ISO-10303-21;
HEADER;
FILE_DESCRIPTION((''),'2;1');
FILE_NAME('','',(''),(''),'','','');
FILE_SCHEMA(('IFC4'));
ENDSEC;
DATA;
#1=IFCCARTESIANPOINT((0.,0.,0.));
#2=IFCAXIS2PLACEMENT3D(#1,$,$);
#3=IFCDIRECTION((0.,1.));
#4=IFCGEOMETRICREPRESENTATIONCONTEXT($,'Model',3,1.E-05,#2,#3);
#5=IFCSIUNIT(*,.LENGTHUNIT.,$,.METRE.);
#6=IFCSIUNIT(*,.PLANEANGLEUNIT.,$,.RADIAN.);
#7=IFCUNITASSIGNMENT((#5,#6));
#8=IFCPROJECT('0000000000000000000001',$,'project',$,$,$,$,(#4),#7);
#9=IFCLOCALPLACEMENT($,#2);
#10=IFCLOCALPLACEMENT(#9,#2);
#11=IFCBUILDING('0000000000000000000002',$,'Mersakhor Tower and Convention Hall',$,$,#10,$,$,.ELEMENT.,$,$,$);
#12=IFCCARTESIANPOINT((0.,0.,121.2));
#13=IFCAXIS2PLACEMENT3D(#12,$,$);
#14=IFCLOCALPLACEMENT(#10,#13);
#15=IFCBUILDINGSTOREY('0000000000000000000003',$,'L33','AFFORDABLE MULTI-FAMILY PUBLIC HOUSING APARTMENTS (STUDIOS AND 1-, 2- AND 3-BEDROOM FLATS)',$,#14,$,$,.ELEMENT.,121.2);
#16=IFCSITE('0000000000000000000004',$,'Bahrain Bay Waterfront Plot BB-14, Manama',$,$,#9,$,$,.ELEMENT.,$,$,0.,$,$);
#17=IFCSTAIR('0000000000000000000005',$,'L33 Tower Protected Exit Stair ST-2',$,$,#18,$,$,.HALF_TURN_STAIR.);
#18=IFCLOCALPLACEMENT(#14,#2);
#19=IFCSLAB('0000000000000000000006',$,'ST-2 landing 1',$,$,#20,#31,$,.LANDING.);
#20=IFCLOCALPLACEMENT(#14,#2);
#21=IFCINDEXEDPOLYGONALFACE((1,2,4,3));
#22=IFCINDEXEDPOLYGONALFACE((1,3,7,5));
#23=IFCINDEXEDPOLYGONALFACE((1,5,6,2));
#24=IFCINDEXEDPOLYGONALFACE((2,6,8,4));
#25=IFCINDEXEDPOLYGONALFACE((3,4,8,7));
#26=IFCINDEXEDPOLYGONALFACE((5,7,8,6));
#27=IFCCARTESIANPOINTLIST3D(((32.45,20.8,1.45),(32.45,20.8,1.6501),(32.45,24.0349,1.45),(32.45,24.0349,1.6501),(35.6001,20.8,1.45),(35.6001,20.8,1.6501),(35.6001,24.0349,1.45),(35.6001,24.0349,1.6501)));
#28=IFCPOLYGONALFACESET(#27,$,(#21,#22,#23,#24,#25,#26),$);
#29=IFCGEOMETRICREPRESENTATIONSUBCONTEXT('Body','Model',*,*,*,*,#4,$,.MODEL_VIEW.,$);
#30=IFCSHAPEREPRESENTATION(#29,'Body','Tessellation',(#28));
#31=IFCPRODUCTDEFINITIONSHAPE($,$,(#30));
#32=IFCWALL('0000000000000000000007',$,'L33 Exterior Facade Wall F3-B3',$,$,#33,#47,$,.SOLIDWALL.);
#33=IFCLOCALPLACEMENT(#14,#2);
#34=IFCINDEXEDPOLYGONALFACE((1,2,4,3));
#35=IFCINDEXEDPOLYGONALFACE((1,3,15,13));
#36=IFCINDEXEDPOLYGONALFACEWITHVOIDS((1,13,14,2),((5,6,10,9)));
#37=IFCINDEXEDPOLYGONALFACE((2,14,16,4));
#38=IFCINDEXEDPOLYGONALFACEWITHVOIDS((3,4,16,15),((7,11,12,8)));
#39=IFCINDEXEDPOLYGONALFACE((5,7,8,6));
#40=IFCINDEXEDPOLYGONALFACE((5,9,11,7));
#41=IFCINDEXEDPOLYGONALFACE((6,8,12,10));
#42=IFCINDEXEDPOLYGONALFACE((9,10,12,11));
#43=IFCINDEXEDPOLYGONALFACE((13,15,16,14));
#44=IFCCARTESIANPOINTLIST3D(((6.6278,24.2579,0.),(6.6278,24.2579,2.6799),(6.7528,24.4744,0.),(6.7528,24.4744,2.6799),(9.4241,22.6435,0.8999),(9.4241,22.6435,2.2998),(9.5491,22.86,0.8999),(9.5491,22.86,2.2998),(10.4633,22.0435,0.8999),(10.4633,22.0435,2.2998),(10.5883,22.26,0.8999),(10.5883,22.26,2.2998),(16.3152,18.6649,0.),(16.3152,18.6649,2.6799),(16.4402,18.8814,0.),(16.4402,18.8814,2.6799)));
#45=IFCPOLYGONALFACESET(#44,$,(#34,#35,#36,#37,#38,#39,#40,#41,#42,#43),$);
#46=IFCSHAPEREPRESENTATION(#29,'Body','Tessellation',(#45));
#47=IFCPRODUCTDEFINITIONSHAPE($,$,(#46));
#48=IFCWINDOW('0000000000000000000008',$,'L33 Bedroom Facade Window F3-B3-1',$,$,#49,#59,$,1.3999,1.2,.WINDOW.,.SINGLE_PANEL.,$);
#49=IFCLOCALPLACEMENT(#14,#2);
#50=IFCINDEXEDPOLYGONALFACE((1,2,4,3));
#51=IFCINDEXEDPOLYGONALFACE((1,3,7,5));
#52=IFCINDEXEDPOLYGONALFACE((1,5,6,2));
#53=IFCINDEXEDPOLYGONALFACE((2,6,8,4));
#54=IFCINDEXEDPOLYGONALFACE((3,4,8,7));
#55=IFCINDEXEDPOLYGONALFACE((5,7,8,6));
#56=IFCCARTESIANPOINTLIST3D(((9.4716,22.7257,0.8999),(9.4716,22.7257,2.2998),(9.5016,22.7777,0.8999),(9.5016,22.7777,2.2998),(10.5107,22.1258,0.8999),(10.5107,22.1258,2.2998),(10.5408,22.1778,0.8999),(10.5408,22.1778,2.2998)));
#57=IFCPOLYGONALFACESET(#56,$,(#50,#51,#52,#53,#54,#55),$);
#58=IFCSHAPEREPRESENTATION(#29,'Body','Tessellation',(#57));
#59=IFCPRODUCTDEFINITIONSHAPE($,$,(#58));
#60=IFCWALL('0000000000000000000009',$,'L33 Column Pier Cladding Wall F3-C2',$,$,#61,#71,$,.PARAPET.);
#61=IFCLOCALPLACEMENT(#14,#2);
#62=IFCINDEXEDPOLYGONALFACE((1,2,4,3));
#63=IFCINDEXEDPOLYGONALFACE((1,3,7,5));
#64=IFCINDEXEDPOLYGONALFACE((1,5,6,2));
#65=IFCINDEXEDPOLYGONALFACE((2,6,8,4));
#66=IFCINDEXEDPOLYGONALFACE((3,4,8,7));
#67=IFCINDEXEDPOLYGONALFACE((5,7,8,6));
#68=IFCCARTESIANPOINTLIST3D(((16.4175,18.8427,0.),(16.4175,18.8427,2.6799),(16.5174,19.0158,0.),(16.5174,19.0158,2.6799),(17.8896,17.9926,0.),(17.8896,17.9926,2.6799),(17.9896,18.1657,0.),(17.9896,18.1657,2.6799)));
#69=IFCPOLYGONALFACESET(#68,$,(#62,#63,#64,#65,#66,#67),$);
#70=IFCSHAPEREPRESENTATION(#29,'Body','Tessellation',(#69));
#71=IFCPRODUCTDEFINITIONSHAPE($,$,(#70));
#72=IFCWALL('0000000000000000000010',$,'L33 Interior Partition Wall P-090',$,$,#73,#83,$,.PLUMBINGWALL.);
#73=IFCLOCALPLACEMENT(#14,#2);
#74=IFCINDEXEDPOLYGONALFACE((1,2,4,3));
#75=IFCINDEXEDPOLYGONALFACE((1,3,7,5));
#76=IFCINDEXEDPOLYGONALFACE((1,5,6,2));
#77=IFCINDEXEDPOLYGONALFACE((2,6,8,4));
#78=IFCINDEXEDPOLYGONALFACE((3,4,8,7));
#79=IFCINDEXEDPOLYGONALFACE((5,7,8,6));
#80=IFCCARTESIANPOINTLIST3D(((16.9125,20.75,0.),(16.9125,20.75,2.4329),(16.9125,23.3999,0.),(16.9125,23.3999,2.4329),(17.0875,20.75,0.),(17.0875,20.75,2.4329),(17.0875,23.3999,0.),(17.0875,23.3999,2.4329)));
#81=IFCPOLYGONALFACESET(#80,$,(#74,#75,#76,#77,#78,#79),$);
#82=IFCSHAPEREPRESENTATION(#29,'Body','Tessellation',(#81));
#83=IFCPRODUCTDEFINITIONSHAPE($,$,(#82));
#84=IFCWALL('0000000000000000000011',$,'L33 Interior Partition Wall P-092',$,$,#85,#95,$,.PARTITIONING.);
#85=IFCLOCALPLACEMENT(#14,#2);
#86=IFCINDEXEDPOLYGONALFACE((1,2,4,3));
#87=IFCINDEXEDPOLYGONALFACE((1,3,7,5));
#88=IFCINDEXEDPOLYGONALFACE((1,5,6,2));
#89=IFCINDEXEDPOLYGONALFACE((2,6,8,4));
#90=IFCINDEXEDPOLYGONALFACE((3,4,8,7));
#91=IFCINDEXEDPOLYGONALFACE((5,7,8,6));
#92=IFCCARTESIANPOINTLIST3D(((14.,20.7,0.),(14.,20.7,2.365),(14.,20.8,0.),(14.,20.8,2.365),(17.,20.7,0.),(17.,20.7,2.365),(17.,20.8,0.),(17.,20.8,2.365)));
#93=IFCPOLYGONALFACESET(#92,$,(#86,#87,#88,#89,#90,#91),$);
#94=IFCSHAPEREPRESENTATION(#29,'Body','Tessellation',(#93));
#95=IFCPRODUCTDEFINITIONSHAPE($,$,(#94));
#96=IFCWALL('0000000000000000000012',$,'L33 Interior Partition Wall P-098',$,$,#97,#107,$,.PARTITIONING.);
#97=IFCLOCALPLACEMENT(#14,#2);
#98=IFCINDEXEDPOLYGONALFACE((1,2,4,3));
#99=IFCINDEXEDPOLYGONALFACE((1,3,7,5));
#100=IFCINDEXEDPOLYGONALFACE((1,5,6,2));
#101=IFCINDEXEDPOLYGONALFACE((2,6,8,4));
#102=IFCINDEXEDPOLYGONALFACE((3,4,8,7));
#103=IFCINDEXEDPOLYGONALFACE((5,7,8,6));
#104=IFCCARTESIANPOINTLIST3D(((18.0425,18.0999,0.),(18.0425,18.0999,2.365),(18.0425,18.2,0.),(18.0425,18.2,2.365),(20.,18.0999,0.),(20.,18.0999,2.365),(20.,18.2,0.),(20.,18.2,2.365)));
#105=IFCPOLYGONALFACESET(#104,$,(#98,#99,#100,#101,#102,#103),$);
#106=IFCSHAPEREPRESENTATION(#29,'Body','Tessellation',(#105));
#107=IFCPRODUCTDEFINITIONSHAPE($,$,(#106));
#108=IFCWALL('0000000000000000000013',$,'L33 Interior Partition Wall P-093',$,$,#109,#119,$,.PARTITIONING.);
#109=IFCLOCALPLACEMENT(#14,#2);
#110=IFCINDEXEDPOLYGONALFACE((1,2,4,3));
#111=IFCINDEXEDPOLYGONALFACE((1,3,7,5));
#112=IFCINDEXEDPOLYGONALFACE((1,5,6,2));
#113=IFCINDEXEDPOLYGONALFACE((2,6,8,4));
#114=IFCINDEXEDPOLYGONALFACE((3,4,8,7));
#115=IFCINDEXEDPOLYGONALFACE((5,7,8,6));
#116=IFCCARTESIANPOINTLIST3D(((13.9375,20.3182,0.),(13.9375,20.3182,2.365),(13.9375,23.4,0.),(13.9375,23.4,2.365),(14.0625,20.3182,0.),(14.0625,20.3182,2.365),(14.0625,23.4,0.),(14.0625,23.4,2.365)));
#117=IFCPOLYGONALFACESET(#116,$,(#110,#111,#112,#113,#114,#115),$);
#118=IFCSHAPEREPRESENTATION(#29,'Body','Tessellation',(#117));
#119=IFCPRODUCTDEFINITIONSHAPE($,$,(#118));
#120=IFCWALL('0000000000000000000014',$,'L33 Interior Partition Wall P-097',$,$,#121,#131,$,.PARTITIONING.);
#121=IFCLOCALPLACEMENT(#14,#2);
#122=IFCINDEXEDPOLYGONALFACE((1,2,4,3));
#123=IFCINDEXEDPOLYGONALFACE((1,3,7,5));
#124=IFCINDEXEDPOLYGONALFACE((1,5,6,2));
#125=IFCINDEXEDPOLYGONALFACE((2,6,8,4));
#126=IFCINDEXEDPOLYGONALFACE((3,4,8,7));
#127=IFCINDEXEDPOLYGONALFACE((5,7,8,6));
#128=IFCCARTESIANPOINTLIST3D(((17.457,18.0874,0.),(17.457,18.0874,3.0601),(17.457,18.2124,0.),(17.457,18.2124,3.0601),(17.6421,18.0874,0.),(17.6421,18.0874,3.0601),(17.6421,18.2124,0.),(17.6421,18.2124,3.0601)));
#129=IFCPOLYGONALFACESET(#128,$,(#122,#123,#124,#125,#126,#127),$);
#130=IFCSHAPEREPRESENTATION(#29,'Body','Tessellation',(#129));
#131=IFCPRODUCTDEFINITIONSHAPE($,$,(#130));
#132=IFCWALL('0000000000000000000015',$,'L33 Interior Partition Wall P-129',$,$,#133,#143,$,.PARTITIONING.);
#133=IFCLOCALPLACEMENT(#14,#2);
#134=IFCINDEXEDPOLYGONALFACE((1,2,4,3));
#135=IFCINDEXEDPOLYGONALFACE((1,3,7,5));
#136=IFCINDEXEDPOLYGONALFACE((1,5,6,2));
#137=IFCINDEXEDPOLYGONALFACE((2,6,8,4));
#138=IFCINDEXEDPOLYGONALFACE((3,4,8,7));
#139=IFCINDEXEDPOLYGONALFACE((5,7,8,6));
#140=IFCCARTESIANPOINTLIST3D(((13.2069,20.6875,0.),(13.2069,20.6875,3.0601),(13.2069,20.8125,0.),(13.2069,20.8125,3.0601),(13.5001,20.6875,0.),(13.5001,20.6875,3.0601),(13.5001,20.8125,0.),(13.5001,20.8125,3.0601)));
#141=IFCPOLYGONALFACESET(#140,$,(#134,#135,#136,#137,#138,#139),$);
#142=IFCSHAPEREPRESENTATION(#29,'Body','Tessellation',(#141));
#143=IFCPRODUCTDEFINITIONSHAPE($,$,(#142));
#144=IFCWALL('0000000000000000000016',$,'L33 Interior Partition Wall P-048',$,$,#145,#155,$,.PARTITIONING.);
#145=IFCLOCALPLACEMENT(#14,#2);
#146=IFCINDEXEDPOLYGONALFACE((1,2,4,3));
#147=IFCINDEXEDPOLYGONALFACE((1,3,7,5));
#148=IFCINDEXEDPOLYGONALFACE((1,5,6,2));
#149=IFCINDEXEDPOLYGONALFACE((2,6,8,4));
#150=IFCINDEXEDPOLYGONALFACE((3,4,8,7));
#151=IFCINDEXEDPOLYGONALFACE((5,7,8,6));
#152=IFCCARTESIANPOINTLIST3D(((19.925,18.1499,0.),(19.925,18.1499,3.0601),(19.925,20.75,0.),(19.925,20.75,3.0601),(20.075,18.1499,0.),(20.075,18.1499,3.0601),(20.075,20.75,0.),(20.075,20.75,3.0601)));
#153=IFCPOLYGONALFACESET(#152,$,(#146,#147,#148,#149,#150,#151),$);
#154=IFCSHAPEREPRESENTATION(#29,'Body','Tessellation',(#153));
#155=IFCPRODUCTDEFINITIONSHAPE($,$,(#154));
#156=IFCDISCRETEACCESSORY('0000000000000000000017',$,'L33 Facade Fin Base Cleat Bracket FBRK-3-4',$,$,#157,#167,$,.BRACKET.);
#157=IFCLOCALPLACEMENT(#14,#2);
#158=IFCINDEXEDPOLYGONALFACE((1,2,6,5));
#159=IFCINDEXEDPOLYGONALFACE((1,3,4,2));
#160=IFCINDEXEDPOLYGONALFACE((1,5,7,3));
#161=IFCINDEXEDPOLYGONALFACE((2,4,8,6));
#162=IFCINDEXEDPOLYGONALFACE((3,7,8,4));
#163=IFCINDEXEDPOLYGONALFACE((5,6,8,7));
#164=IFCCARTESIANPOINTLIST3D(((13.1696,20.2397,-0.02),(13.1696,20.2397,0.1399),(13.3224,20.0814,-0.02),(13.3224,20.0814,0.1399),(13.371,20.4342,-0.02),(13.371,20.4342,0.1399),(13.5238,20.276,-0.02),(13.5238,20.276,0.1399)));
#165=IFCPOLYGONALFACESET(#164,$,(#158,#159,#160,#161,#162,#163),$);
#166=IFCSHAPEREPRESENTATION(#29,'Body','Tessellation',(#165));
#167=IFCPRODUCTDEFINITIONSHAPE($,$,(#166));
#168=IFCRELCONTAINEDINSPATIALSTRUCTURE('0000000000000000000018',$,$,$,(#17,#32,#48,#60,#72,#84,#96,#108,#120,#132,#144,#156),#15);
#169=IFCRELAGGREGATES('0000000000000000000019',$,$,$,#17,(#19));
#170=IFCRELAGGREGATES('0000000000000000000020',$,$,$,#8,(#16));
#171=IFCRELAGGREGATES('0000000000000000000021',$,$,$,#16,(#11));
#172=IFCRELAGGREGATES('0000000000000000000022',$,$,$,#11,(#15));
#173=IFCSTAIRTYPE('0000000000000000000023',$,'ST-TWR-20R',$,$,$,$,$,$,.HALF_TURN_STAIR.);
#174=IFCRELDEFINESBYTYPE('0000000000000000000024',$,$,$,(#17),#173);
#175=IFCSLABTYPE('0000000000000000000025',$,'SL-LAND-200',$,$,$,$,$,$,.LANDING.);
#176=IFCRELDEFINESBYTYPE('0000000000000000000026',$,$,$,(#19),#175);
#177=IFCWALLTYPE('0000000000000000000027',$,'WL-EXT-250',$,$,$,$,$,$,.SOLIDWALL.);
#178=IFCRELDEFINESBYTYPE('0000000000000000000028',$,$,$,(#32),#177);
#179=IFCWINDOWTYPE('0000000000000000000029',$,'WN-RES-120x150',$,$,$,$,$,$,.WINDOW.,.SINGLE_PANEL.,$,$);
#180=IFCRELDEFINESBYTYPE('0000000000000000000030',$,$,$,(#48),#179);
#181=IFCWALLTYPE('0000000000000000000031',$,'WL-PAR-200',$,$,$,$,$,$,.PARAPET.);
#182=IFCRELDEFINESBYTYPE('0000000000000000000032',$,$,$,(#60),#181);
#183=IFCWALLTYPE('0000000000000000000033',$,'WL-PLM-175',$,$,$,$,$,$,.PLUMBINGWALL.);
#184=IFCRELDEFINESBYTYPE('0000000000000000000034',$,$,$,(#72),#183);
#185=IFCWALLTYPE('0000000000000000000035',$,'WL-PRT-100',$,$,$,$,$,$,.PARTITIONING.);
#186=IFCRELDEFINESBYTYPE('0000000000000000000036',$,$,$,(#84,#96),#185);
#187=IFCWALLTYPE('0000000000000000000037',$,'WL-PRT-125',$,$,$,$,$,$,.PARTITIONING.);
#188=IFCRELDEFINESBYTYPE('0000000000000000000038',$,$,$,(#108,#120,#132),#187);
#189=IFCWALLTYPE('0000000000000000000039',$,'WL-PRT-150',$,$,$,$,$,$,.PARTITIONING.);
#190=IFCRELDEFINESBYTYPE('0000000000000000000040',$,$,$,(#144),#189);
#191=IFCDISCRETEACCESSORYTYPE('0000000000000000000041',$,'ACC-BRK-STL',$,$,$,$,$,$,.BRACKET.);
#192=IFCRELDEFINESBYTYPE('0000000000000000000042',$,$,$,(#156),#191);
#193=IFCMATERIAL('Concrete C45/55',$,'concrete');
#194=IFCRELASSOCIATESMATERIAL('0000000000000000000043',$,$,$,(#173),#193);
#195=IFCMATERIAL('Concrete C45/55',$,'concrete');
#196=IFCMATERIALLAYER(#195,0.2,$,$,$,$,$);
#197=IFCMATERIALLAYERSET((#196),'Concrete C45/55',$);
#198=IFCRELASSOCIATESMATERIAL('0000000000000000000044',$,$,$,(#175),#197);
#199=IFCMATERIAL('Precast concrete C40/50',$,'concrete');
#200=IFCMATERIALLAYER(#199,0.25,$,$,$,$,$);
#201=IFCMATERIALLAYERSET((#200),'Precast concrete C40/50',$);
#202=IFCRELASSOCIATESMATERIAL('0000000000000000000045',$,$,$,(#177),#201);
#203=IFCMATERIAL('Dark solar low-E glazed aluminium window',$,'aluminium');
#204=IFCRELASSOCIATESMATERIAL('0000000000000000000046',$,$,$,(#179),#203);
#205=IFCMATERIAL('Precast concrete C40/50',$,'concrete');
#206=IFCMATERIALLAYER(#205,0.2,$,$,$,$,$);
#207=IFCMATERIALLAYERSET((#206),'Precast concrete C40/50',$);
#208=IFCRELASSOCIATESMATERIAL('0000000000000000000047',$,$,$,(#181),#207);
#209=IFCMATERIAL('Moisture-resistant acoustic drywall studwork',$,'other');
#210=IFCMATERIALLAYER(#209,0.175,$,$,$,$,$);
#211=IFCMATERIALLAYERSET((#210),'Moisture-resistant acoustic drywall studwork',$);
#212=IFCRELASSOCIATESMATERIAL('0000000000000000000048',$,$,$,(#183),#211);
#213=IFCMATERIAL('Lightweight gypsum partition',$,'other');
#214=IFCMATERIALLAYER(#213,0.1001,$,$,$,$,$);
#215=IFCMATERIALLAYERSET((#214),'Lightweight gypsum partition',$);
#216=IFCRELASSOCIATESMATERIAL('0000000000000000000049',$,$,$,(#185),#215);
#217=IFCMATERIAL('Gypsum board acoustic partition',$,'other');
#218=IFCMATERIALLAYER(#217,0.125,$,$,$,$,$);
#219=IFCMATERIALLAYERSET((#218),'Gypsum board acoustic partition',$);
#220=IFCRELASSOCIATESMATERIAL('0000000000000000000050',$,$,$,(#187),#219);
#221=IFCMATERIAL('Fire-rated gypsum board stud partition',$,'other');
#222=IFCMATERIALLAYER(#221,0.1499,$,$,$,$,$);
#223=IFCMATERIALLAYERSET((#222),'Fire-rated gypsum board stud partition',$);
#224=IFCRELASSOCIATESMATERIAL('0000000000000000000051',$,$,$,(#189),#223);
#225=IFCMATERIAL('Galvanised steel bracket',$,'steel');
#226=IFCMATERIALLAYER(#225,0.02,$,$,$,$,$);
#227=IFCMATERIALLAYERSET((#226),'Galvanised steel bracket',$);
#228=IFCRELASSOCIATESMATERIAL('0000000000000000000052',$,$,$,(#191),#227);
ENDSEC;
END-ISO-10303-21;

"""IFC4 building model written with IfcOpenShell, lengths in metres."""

from ifc_helpers import new_model, si_unit, direction, frame, frame_2d, origin, origin_2d, place, context, subcontext, project, spatial, polyline, rectangle, outline, extrude, material, layer, layer_set, type_object, element, fill, aggregate, save


model = new_model("IFC4")

# Units and contexts
model_context = context("Model", 3, precision=1e-05, world=origin(), true_north=direction((0.0, 1.0)))
body_context = subcontext(model_context, "Body", "Model", "MODEL_VIEW")
ifc_project = project(units=[si_unit("LENGTHUNIT", "METRE"), si_unit("PLANEANGLEUNIT", "RADIAN")], contexts=[model_context])

# Site, building, storey
site_placement = place(None, origin())
site = spatial("IfcSite", under=ifc_project, at=site_placement, Name="Bahrain Bay Waterfront Plot BB-14, Manama", CompositionType="ELEMENT", RefElevation=0.0)
building_placement = place(site_placement, origin())
building = spatial("IfcBuilding", under=site, at=building_placement, Name="Mersakhor Tower and Convention Hall", CompositionType="ELEMENT")
storey_placement = place(building_placement, frame((0.0, 0.0, 121.2)))
storey = spatial("IfcBuildingStorey", under=building, at=storey_placement, Name="L33", Description="AFFORDABLE MULTI-FAMILY PUBLIC HOUSING APARTMENTS (STUDIOS AND 1-, 2- AND 3-BEDROOM FLATS)", CompositionType="ELEMENT", Elevation=121.2)

# Stair, slab
ifc_material_1 = material(Name="Concrete C45/55", Category="concrete")
stair_type = type_object("IfcStairType", Name="ST-TWR-20R", PredefinedType="HALF_TURN_STAIR", material=ifc_material_1)
ifc_material_2 = material(Name="Concrete C45/55", Category="concrete")
ifc_layer_1 = layer(ifc_material_2, 0.2)
ifc_layer_set_1 = layer_set([ifc_layer_1], Name="Concrete C45/55")
slab_type_1 = type_object("IfcSlabType", Name="SL-LAND-200", PredefinedType="LANDING", material=ifc_layer_set_1)
stair_1_placement = place(storey_placement, origin())
stair_1 = element("IfcStair", 1, at=stair_1_placement, inside=storey, type_object=stair_type, Name="L33 Tower Protected Exit Stair ST-2", PredefinedType="HALF_TURN_STAIR")
slab_1_placement = place(storey_placement, frame((0.0, 0.0, 1.45)))
slab_1 = element("IfcSlab", 2, at=slab_1_placement, type_object=slab_type_1, Name="ST-2 landing 1", PredefinedType="LANDING", context=body_context, shape_type="SweptSolid", body=[
    extrude(outline(polyline([(32.45, 24.0349), (32.45, 20.8), (35.6001, 20.8), (35.6001, 24.0349), (32.45, 24.0349)])), origin(), (0.0, 0.0, 1.0), 0.2002),
])
aggregate(stair_1, [slab_1])

# Wall, opening, window
ifc_material_3 = material(Name="Precast concrete C40/50", Category="concrete")
ifc_layer_2 = layer(ifc_material_3, 0.25)
ifc_layer_set_2 = layer_set([ifc_layer_2], Name="Precast concrete C40/50")
wall_type_1 = type_object("IfcWallType", Name="WL-EXT-250", PredefinedType="SOLIDWALL", material=ifc_layer_set_2)
wall_1_placement = place(storey_placement, frame((16.3777, 18.7732, 0.0), z_axis=(0.0, 0.0, 1.0), x_axis=(-0.866028, 0.499996, 0.0)))
wall_1 = element("IfcWall", 3, at=wall_1_placement, inside=storey, type_object=wall_type_1, Name="L33 Exterior Facade Wall F3-B3", PredefinedType="SOLIDWALL", context=body_context, shape_type="SweptSolid", body=[
    extrude(rectangle(XDim=11.186, YDim=0.25, at=frame_2d((5.593, 0.0))), origin(), (0.0, 0.0, 1.0), 2.6799),
])
opening_placement = place(wall_1_placement, frame((6.7571, 0.0, 0.8999)))
opening = element("IfcOpeningElement", 4, at=opening_placement, cuts=wall_1, PredefinedType="OPENING", context=body_context, shape_type="SweptSolid", body=[
    extrude(rectangle(XDim=1.2, YDim=1.3999, at=frame_2d((0.6001, 0.7))), frame((0.0, 0.135, 0.0), z_axis=(0.0, -1.0, 0.0), x_axis=(1.0, 0.0, 0.0)), (0.0, 0.0, 1.0), 0.27),
])
ifc_material_4 = material(Name="Dark solar low-E glazed aluminium window", Category="aluminium")
window_type = type_object("IfcWindowType", Name="WN-RES-120x150", PartitioningType="SINGLE_PANEL", PredefinedType="WINDOW", material=ifc_material_4)
window_placement = place(opening_placement, origin())
window = element("IfcWindow", 5, at=window_placement, inside=storey, type_object=window_type, Name="L33 Bedroom Facade Window F3-B3-1", OverallHeight=1.3999, OverallWidth=1.2, PartitioningType="SINGLE_PANEL", PredefinedType="WINDOW", context=body_context, shape_type="SweptSolid", body=[
    extrude(rectangle(XDim=1.2, YDim=1.3999, at=frame_2d((0.6001, 0.7))), frame((0.0, 0.03, 0.0), z_axis=(0.0, -1.0, 0.0), x_axis=(1.0, 0.0, 0.0)), (0.0, 0.0, 1.0), 0.0601),
])
fill(opening, window)

# Walls
ifc_material_5 = material(Name="Precast concrete C40/50", Category="concrete")
ifc_layer_3 = layer(ifc_material_5, 0.2)
ifc_layer_set_3 = layer_set([ifc_layer_3], Name="Precast concrete C40/50")
wall_type_2 = type_object("IfcWallType", Name="WL-PAR-200", PredefinedType="PARAPET", material=ifc_layer_set_3)
wall_2_placement = place(storey_placement, frame((17.9397, 18.0791, 0.0), z_axis=(0.0, 0.0, 1.0), x_axis=(-0.865989, 0.500062, 0.0)))
element("IfcWall", 6, at=wall_2_placement, inside=storey, type_object=wall_type_2, Name="L33 Column Pier Cladding Wall F3-C2", PredefinedType="PARAPET", context=body_context, shape_type="SweptSolid", body=[
    extrude(rectangle(XDim=1.7, YDim=0.2, at=frame_2d((0.8501, 0.0))), origin(), (0.0, 0.0, 1.0), 2.6799),
])
ifc_material_6 = material(Name="Moisture-resistant acoustic drywall studwork", Category="other")
ifc_layer_4 = layer(ifc_material_6, 0.175)
ifc_layer_set_4 = layer_set([ifc_layer_4], Name="Moisture-resistant acoustic drywall studwork")
wall_type_3 = type_object("IfcWallType", Name="WL-PLM-175", PredefinedType="PLUMBINGWALL", material=ifc_layer_set_4)
wall_3_placement = place(storey_placement, frame((17.0, 20.75, 0.0), z_axis=(0.0, 0.0, 1.0), x_axis=(0.0, 1.0, 0.0)))
element("IfcWall", 7, at=wall_3_placement, inside=storey, type_object=wall_type_3, Name="L33 Interior Partition Wall P-090", PredefinedType="PLUMBINGWALL", context=body_context, shape_type="SweptSolid", body=[
    extrude(rectangle(XDim=2.6499, YDim=0.175, at=frame_2d((1.325, 0.0))), origin(), (0.0, 0.0, 1.0), 2.4329),
])
ifc_material_7 = material(Name="Lightweight gypsum partition", Category="other")
ifc_layer_5 = layer(ifc_material_7, 0.1001)
ifc_layer_set_5 = layer_set([ifc_layer_5], Name="Lightweight gypsum partition")
wall_type_4 = type_object("IfcWallType", Name="WL-PRT-100", PredefinedType="PARTITIONING", material=ifc_layer_set_5)
wall_4_placement = place(storey_placement, frame((17.0, 20.75, 0.0), z_axis=(0.0, 0.0, 1.0), x_axis=(-1.0, 0.0, 0.0)))
element("IfcWall", 8, at=wall_4_placement, inside=storey, type_object=wall_type_4, Name="L33 Interior Partition Wall P-092", PredefinedType="PARTITIONING", context=body_context, shape_type="SweptSolid", body=[
    extrude(rectangle(XDim=3.0, YDim=0.1001, at=frame_2d((1.5, 0.0))), origin(), (0.0, 0.0, 1.0), 2.365),
])
wall_5_placement = place(storey_placement, frame((18.0425, 18.1499, 0.0), z_axis=(0.0, 0.0, 1.0), x_axis=(1.0, 0.0, 0.0)))
element("IfcWall", 9, at=wall_5_placement, inside=storey, type_object=wall_type_4, Name="L33 Interior Partition Wall P-098", PredefinedType="PARTITIONING", context=body_context, shape_type="SweptSolid", body=[
    extrude(rectangle(XDim=1.9575, YDim=0.1001, at=frame_2d((0.9788, 0.0))), origin(), (0.0, 0.0, 1.0), 2.365),
])
ifc_material_8 = material(Name="Gypsum board acoustic partition", Category="other")
ifc_layer_6 = layer(ifc_material_8, 0.125)
ifc_layer_set_6 = layer_set([ifc_layer_6], Name="Gypsum board acoustic partition")
wall_type_5 = type_object("IfcWallType", Name="WL-PRT-125", PredefinedType="PARTITIONING", material=ifc_layer_set_6)
wall_6_placement = place(storey_placement, frame((14.0, 20.3181, 0.0), z_axis=(0.0, 0.0, 1.0), x_axis=(0.0, 1.0, 0.0)))
element("IfcWall", 10, at=wall_6_placement, inside=storey, type_object=wall_type_5, Name="L33 Interior Partition Wall P-093", PredefinedType="PARTITIONING", context=body_context, shape_type="SweptSolid", body=[
    extrude(rectangle(XDim=3.0818, YDim=0.125, at=frame_2d((1.541, 0.0))), origin(), (0.0, 0.0, 1.0), 2.365),
])
wall_7_placement = place(storey_placement, frame((17.457, 18.1499, 0.0), z_axis=(0.0, 0.0, 1.0), x_axis=(1.0, 0.0, 0.0)))
element("IfcWall", 11, at=wall_7_placement, inside=storey, type_object=wall_type_5, Name="L33 Interior Partition Wall P-097", PredefinedType="PARTITIONING", context=body_context, shape_type="SweptSolid", body=[
    extrude(rectangle(XDim=0.1851, YDim=0.125, at=frame_2d((0.0925, 0.0))), origin(), (0.0, 0.0, 1.0), 3.0601),
])
wall_8_placement = place(storey_placement, frame((13.5, 20.75, 0.0), z_axis=(0.0, 0.0, 1.0), x_axis=(-1.0, 0.0, 0.0)))
element("IfcWall", 12, at=wall_8_placement, inside=storey, type_object=wall_type_5, Name="L33 Interior Partition Wall P-129", PredefinedType="PARTITIONING", context=body_context, shape_type="SweptSolid", body=[
    extrude(rectangle(XDim=0.2932, YDim=0.125, at=frame_2d((0.1465, 0.0))), origin(), (0.0, 0.0, 1.0), 3.0601),
])
ifc_material_9 = material(Name="Fire-rated gypsum board stud partition", Category="other")
ifc_layer_7 = layer(ifc_material_9, 0.1499)
ifc_layer_set_7 = layer_set([ifc_layer_7], Name="Fire-rated gypsum board stud partition")
wall_type_6 = type_object("IfcWallType", Name="WL-PRT-150", PredefinedType="PARTITIONING", material=ifc_layer_set_7)
wall_9_placement = place(storey_placement, frame((20.0, 18.1499, 0.0), z_axis=(0.0, 0.0, 1.0), x_axis=(0.0, 1.0, 0.0)))
element("IfcWall", 13, at=wall_9_placement, inside=storey, type_object=wall_type_6, Name="L33 Interior Partition Wall P-048", PredefinedType="PARTITIONING", context=body_context, shape_type="SweptSolid", body=[
    extrude(rectangle(XDim=2.6001, YDim=0.1499, at=frame_2d((1.3, 0.0))), origin(), (0.0, 0.0, 1.0), 3.0601),
])

# Discrete accessory
ifc_material_10 = material(Name="Galvanised steel bracket", Category="steel")
ifc_layer_8 = layer(ifc_material_10, 0.02)
ifc_layer_set_8 = layer_set([ifc_layer_8], Name="Galvanised steel bracket")
discrete_accessory_type = type_object("IfcDiscreteAccessoryType", Name="ACC-BRK-STL", PredefinedType="BRACKET", material=ifc_layer_set_8)
discrete_accessory_placement = place(storey_placement, frame((13.3467, 20.2578, -0.02), z_axis=(0.0, 0.0, 1.0), x_axis=(-0.71934, -0.694658, 0.0)))
element("IfcDiscreteAccessory", 14, at=discrete_accessory_placement, inside=storey, type_object=discrete_accessory_type, Name="L33 Facade Fin Base Cleat Bracket FBRK-3-4", PredefinedType="BRACKET", context=body_context, shape_type="SweptSolid", body=[
    extrude(rectangle(XDim=0.28, YDim=0.22, at=origin_2d()), origin(), (0.0, 0.0, 1.0), 0.1599),
])

save(model, "model.ifc")
